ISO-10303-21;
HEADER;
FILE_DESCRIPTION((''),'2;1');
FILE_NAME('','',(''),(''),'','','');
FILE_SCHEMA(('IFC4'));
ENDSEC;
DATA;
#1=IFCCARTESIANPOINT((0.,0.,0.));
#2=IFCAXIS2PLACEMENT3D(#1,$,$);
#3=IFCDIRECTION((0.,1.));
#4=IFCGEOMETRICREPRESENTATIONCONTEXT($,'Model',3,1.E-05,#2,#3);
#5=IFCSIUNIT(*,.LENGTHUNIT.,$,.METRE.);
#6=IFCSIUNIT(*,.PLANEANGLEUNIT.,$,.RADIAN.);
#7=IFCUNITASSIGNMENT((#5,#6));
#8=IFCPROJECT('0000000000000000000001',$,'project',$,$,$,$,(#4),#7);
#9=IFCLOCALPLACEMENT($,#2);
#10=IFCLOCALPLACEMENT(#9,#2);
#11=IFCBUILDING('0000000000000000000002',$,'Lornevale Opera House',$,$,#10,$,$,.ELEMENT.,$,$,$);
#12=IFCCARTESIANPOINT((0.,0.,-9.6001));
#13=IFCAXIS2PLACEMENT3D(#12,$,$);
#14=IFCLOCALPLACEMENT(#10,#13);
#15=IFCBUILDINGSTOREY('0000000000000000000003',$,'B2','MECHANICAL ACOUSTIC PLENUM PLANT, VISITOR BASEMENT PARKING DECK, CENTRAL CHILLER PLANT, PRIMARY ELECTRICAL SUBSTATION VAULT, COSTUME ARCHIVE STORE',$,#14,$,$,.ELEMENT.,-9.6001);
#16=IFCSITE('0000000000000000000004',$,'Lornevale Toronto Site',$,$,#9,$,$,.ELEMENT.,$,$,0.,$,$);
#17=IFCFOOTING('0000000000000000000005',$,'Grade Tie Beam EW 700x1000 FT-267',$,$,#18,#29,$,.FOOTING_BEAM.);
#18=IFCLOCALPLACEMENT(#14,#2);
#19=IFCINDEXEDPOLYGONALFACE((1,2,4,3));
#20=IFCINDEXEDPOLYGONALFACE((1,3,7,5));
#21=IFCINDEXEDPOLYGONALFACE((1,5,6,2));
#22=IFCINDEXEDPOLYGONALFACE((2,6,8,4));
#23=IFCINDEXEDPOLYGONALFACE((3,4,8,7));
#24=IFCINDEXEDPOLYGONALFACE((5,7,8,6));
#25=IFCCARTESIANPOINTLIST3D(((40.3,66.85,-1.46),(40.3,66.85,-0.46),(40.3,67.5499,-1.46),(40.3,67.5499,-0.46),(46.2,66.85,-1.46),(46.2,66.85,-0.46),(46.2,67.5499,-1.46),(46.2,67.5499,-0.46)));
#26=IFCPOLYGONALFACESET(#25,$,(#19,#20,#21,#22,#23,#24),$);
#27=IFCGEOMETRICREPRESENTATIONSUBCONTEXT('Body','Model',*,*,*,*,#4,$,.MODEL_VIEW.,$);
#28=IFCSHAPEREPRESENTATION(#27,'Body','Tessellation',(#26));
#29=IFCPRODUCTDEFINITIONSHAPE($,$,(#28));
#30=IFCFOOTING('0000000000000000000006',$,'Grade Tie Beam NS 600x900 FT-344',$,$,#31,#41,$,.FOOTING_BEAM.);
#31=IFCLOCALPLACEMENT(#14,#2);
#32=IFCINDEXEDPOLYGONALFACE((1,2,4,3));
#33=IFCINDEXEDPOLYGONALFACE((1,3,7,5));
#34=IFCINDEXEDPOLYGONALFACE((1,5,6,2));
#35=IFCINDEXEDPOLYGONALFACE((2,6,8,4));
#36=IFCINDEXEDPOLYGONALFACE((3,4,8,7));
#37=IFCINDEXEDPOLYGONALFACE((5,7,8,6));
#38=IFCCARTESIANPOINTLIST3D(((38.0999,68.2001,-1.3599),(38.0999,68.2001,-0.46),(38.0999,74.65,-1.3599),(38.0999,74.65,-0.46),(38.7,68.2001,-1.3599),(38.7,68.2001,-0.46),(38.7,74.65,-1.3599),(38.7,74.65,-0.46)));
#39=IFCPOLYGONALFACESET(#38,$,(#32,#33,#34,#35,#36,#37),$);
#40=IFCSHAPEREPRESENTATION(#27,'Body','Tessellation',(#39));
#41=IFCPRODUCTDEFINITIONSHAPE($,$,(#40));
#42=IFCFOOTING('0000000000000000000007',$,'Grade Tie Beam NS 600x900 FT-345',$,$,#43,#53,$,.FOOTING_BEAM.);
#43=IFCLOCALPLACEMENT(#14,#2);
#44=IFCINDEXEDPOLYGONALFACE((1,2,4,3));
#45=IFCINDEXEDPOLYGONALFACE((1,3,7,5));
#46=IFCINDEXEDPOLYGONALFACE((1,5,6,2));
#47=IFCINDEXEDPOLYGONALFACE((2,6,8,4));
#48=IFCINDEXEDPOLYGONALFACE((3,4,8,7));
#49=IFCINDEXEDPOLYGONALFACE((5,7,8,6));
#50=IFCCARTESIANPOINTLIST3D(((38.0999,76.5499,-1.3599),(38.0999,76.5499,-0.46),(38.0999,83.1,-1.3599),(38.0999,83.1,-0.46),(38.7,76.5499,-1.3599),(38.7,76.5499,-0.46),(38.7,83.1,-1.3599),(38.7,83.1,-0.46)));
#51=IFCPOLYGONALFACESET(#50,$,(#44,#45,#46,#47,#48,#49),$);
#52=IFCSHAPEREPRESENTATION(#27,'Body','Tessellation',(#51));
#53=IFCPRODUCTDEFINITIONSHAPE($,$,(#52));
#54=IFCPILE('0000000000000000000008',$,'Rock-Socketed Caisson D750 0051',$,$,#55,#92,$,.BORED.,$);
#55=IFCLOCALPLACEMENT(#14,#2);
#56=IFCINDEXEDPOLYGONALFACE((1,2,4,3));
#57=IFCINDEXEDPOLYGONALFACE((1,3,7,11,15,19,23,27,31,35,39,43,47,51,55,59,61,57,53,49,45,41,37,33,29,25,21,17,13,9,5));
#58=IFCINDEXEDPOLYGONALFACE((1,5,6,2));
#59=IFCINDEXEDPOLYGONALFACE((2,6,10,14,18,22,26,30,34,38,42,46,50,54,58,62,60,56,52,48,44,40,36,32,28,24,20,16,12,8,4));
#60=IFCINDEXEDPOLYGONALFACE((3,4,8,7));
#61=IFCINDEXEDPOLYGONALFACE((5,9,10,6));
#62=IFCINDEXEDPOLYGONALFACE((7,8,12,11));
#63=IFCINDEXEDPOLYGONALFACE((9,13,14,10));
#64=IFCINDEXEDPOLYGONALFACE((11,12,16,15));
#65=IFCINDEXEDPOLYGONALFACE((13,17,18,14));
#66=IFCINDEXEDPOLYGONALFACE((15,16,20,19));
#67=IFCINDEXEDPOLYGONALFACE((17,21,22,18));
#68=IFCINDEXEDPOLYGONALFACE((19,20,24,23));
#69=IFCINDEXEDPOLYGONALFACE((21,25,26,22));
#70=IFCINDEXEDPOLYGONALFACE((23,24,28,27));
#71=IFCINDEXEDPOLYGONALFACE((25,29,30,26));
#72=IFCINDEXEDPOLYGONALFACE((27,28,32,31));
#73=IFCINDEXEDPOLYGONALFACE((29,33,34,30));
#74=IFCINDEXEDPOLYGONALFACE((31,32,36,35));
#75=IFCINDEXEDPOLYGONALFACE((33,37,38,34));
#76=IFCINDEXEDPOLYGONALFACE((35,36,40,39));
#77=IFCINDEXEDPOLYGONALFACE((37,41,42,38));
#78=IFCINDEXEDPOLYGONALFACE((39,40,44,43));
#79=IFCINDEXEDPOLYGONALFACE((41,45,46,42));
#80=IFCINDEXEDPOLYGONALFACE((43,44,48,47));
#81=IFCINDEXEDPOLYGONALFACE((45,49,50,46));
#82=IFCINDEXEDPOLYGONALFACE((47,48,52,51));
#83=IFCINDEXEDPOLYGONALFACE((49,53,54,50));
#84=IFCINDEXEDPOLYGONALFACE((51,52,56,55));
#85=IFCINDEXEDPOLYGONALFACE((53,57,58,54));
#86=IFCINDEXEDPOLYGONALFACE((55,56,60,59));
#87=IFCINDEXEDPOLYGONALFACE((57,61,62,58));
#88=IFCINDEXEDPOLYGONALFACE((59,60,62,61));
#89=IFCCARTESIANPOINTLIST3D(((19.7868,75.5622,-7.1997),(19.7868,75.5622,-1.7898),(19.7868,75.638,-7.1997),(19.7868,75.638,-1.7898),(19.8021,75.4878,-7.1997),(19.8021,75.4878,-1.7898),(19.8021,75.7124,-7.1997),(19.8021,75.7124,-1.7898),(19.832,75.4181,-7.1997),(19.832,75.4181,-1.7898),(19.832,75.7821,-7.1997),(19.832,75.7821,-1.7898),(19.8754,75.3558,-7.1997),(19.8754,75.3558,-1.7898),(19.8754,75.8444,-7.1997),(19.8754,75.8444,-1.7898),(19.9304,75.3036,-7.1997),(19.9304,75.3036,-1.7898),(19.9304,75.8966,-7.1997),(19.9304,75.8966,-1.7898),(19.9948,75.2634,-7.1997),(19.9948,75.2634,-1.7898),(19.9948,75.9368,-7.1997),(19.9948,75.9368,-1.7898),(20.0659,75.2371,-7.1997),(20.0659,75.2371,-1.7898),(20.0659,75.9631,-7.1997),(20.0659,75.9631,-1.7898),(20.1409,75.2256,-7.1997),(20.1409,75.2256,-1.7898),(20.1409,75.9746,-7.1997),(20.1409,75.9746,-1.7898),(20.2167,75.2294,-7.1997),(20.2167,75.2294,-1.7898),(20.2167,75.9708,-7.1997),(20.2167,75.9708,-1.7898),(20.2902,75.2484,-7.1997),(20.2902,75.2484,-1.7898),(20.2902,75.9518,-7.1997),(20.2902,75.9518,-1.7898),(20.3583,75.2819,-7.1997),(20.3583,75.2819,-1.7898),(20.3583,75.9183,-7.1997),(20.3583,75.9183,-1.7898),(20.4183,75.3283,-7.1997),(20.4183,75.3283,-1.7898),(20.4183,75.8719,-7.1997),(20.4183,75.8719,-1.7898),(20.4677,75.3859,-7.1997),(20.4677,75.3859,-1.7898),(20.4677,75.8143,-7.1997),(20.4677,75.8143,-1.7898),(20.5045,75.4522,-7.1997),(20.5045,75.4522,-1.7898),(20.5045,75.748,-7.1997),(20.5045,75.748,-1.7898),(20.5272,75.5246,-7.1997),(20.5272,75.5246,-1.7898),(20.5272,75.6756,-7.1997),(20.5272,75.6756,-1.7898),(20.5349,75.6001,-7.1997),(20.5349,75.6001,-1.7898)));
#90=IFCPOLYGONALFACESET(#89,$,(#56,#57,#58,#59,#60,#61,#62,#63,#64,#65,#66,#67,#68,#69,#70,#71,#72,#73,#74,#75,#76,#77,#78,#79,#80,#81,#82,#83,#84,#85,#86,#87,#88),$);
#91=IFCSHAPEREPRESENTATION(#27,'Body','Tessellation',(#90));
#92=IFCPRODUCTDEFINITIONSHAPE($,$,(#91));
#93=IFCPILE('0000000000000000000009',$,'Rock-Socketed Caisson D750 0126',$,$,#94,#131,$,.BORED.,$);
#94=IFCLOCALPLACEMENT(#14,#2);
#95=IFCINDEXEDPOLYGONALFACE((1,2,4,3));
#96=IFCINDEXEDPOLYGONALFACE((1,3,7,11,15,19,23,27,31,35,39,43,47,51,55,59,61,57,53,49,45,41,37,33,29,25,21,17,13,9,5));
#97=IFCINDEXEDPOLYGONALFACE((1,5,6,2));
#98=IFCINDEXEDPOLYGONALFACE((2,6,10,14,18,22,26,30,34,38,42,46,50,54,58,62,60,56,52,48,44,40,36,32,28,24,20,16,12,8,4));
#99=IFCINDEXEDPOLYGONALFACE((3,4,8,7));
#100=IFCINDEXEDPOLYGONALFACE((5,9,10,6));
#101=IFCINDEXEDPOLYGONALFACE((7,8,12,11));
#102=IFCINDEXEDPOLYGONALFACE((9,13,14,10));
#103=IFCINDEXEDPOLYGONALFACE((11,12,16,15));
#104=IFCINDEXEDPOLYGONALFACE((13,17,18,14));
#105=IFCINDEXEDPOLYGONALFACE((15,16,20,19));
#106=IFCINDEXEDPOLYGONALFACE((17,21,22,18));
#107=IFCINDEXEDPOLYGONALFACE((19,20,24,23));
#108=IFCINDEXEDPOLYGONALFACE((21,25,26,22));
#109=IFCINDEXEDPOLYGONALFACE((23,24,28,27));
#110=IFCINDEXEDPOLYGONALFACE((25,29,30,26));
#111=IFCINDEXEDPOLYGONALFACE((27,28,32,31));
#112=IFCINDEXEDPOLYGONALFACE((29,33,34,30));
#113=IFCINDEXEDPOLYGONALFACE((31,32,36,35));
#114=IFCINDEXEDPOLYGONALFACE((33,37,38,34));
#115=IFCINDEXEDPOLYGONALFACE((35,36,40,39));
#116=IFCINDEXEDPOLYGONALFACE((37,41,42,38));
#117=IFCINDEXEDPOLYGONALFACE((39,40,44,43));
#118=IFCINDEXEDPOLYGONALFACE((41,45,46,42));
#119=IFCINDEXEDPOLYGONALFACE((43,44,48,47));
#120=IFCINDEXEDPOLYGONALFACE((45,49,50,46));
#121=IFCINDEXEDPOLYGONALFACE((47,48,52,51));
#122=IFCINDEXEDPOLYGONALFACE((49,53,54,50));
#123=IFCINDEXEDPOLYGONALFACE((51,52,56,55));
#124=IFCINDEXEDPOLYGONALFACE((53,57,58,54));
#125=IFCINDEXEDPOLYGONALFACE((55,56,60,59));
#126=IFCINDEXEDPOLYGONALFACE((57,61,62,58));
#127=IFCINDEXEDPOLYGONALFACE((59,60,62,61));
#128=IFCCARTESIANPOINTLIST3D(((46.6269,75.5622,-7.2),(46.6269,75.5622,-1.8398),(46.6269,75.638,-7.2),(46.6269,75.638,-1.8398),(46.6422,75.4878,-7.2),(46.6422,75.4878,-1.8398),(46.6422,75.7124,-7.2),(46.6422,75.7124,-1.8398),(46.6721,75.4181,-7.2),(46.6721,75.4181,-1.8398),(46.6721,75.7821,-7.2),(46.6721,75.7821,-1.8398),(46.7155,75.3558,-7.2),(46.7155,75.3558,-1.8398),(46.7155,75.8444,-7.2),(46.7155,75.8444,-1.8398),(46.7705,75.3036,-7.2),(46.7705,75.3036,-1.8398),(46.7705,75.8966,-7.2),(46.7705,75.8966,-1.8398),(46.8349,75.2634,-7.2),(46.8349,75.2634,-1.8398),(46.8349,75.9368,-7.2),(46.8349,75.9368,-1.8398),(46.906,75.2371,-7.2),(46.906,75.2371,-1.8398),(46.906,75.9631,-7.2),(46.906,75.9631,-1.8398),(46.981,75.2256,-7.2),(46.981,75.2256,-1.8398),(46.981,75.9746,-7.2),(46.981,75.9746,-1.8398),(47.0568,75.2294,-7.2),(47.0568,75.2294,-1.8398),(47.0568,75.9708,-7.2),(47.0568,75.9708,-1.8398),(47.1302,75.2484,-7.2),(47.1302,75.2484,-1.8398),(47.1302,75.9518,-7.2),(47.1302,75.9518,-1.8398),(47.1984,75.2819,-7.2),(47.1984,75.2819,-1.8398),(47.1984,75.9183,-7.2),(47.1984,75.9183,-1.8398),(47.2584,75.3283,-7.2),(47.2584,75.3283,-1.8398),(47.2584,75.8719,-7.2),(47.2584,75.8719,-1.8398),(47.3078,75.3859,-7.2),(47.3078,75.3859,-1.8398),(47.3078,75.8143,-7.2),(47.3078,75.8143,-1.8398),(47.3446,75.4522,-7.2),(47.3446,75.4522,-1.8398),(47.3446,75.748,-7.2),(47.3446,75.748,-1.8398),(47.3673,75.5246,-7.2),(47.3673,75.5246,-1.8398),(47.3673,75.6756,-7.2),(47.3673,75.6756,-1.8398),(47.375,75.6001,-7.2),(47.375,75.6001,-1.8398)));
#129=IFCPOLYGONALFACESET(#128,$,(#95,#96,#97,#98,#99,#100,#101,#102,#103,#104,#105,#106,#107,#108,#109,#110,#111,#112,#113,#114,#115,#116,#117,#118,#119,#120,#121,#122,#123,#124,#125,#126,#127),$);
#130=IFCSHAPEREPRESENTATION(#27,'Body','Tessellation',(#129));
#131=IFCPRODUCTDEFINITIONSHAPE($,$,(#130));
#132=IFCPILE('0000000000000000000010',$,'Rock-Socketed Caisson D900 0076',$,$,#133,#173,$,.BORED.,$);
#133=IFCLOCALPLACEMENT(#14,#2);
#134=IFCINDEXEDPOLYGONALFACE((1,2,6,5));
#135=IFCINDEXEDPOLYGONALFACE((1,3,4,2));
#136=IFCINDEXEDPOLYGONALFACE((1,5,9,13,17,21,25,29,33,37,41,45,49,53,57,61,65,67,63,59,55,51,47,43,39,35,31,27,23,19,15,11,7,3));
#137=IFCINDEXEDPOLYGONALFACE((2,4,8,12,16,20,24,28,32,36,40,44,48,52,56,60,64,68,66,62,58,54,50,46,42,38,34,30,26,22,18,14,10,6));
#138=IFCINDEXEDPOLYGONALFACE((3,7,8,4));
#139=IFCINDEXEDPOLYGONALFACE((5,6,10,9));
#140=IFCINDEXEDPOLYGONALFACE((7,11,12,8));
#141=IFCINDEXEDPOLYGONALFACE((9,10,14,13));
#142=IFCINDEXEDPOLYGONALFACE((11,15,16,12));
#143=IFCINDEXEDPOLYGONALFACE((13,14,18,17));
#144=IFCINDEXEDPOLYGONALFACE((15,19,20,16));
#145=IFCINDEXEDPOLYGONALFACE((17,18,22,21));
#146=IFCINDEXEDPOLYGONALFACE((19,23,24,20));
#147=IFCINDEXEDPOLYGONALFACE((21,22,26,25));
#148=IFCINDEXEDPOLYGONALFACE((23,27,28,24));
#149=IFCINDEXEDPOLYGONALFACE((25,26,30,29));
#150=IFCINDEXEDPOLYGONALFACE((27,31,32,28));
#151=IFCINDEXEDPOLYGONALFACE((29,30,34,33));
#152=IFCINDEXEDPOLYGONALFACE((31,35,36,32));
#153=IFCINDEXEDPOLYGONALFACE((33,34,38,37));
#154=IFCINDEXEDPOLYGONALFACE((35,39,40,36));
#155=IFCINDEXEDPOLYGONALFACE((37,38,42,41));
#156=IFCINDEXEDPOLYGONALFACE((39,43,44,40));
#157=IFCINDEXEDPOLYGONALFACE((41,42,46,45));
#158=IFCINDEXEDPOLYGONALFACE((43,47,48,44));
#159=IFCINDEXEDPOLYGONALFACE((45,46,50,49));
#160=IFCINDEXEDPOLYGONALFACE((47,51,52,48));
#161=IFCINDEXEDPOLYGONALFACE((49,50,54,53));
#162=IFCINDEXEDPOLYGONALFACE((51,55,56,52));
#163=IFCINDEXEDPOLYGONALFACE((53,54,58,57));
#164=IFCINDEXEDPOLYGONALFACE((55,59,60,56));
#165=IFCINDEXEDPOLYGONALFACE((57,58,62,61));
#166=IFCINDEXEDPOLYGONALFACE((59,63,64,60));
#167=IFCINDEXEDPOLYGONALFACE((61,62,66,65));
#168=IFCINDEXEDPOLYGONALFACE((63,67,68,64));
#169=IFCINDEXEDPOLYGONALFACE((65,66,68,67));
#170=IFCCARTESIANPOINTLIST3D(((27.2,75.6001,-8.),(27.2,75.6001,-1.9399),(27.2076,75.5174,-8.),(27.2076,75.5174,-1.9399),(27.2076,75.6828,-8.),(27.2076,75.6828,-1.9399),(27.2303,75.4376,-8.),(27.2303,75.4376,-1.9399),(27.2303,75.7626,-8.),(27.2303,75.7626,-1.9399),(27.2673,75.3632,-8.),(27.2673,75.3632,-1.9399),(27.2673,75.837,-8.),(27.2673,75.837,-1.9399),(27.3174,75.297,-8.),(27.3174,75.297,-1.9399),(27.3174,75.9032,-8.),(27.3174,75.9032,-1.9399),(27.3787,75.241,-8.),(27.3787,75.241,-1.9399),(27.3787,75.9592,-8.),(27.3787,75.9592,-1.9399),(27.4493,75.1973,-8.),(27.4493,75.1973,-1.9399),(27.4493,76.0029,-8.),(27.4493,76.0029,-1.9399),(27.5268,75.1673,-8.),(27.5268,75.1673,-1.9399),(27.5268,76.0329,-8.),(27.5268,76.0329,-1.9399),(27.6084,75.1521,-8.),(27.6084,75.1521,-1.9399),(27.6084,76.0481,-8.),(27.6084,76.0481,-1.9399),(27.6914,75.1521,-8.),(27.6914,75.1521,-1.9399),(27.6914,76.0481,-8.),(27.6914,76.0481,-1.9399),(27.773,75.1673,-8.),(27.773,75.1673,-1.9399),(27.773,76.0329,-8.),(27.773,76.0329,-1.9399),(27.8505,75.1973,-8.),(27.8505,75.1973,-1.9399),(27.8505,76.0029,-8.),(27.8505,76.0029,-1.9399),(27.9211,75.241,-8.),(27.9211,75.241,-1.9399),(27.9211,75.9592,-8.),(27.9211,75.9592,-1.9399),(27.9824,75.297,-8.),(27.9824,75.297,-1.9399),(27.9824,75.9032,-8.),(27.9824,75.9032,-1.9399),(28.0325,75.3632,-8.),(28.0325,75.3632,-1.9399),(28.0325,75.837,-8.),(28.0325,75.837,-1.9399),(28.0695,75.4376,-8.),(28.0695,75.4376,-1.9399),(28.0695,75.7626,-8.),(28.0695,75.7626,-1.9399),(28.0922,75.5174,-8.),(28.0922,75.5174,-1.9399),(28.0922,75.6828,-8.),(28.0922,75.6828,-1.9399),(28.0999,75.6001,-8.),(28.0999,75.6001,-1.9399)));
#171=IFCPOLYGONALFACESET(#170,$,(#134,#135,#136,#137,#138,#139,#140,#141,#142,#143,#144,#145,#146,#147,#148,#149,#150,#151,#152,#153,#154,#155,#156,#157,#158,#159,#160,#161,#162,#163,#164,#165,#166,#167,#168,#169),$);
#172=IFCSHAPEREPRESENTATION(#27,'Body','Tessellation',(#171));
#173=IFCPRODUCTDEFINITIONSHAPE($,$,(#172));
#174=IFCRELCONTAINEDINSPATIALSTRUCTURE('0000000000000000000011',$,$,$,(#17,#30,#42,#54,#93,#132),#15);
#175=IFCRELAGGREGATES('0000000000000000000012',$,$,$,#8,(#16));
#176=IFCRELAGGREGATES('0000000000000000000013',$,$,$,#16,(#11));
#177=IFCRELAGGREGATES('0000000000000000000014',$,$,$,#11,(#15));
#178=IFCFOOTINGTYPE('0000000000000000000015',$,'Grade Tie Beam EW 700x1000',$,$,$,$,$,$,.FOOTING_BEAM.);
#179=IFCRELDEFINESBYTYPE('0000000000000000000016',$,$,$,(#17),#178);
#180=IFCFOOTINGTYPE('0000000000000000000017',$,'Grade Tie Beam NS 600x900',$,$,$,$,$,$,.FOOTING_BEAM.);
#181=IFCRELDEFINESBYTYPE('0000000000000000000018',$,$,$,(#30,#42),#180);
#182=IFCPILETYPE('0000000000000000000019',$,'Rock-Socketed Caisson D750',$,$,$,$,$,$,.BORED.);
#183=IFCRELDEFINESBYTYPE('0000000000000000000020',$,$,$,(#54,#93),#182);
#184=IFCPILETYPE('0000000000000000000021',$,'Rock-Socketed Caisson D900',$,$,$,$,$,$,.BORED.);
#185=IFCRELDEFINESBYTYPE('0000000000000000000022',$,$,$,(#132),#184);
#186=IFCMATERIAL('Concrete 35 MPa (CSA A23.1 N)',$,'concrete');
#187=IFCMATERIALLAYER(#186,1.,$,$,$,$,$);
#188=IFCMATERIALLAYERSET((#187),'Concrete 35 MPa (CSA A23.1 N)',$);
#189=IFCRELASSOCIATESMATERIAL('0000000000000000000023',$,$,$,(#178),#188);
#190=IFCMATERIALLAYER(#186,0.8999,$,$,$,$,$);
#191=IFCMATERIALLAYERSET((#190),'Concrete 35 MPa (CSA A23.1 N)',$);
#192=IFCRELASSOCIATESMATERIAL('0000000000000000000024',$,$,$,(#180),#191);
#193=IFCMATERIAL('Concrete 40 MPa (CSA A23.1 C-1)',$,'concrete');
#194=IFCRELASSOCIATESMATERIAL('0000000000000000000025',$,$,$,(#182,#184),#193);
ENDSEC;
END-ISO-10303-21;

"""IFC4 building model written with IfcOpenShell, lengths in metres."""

from ifc_helpers import new_model, si_unit, direction, frame, origin, origin_2d, place, context, subcontext, project, spatial, rectangle, circle, extrude, material, layer, layer_set, material_profile, profile_set, type_object, element, save


model = new_model("IFC4")

# Units and contexts
model_context = context("Model", 3, precision=1e-05, world=origin(), true_north=direction((0.0, 1.0)))
body_context = subcontext(model_context, "Body", "Model", "MODEL_VIEW")
ifc_project = project(units=[si_unit("LENGTHUNIT", "METRE"), si_unit("PLANEANGLEUNIT", "RADIAN")], contexts=[model_context])

# Site, building, storey
site_placement = place(None, origin())
site = spatial("IfcSite", under=ifc_project, at=site_placement, Name="Lornevale Toronto Site", CompositionType="ELEMENT", RefElevation=0.0)
building_placement = place(site_placement, origin())
building = spatial("IfcBuilding", under=site, at=building_placement, Name="Lornevale Opera House", CompositionType="ELEMENT")
storey_placement = place(building_placement, frame((0.0, 0.0, -9.6001)))
storey = spatial("IfcBuildingStorey", under=building, at=storey_placement, Name="B2", Description="MECHANICAL ACOUSTIC PLENUM PLANT, VISITOR BASEMENT PARKING DECK, CENTRAL CHILLER PLANT, PRIMARY ELECTRICAL SUBSTATION VAULT, COSTUME ARCHIVE STORE", CompositionType="ELEMENT", Elevation=-9.6001)

# Footings
ifc_material_1 = material(Name="Concrete 35 MPa (CSA A23.1 N)", Category="concrete")
ifc_layer_1 = layer(ifc_material_1, 1.0)
ifc_layer_set_1 = layer_set([ifc_layer_1], Name="Concrete 35 MPa (CSA A23.1 N)")
footing_type_1 = type_object("IfcFootingType", Name="Grade Tie Beam EW 700x1000", PredefinedType="FOOTING_BEAM", material=ifc_layer_set_1)
footing_1_placement = place(storey_placement, frame((43.25, 67.2, -1.46), z_axis=(0.0, 0.0, 1.0), x_axis=(1.0, 0.0, 0.0)))
element("IfcFooting", 1, at=footing_1_placement, inside=storey, type_object=footing_type_1, Name="Grade Tie Beam EW 700x1000 FT-267", PredefinedType="FOOTING_BEAM", context=body_context, shape_type="SweptSolid", body=[
    extrude(rectangle(XDim=5.8999, YDim=0.7, at=origin_2d()), origin(), (0.0, 0.0, 1.0), 1.0),
])
ifc_layer_2 = layer(ifc_material_1, 0.8999)
ifc_layer_set_2 = layer_set([ifc_layer_2], Name="Concrete 35 MPa (CSA A23.1 N)")
footing_type_2 = type_object("IfcFootingType", Name="Grade Tie Beam NS 600x900", PredefinedType="FOOTING_BEAM", material=ifc_layer_set_2)
footing_2_placement = place(storey_placement, frame((38.3999, 71.425, -1.3599), z_axis=(0.0, 0.0, 1.0), x_axis=(1.0, 0.0, 0.0)))
element("IfcFooting", 2, at=footing_2_placement, inside=storey, type_object=footing_type_2, Name="Grade Tie Beam NS 600x900 FT-344", PredefinedType="FOOTING_BEAM", context=body_context, shape_type="SweptSolid", body=[
    extrude(rectangle(XDim=0.6001, YDim=6.45, at=origin_2d()), origin(), (0.0, 0.0, 1.0), 0.8999),
])
footing_3_placement = place(storey_placement, frame((38.3999, 79.825, -1.3599), z_axis=(0.0, 0.0, 1.0), x_axis=(1.0, 0.0, 0.0)))
element("IfcFooting", 3, at=footing_3_placement, inside=storey, type_object=footing_type_2, Name="Grade Tie Beam NS 600x900 FT-345", PredefinedType="FOOTING_BEAM", context=body_context, shape_type="SweptSolid", body=[
    extrude(rectangle(XDim=0.6001, YDim=6.55, at=origin_2d()), origin(), (0.0, 0.0, 1.0), 0.8999),
])

# Piles
ifc_material_2 = material(Name="Concrete 40 MPa (CSA A23.1 C-1)", Category="concrete")
ifc_material_profile_1 = material_profile(ifc_material_2, circle(Radius=0.375, at=origin_2d()), Name="CAIS750")
ifc_profile_set_1 = profile_set([ifc_material_profile_1], Name="Concrete 40 MPa (CSA A23.1 C-1)")
pile_type_1 = type_object("IfcPileType", Name="Rock-Socketed Caisson D750", PredefinedType="BORED", material=ifc_profile_set_1)
pile_1_placement = place(storey_placement, frame((20.1599, 75.6001, -1.7898), z_axis=(0.0, 0.0, -1.0), x_axis=(1.0, 0.0, 0.0)))
element("IfcPile", 4, at=pile_1_placement, inside=storey, type_object=pile_type_1, Name="Rock-Socketed Caisson D750 0051", PredefinedType="BORED", context=body_context, shape_type="SweptSolid", body=[
    extrude(circle(Radius=0.375, at=origin_2d()), origin(), (0.0, 0.0, 1.0), 5.4099),
])
pile_2_placement = place(storey_placement, frame((47.0, 75.6001, -1.8398), z_axis=(0.0, 0.0, -1.0), x_axis=(1.0, 0.0, 0.0)))
element("IfcPile", 5, at=pile_2_placement, inside=storey, type_object=pile_type_1, Name="Rock-Socketed Caisson D750 0126", PredefinedType="BORED", context=body_context, shape_type="SweptSolid", body=[
    extrude(circle(Radius=0.375, at=origin_2d()), origin(), (0.0, 0.0, 1.0), 5.3601),
])
ifc_material_profile_2 = material_profile(ifc_material_2, circle(Radius=0.45, at=origin_2d()), Name="CAIS900")
ifc_profile_set_2 = profile_set([ifc_material_profile_2], Name="Concrete 40 MPa (CSA A23.1 C-1)")
pile_type_2 = type_object("IfcPileType", Name="Rock-Socketed Caisson D900", PredefinedType="BORED", material=ifc_profile_set_2)
for number, where, z_axis, x_axis, name in (
    (6, (27.6499, 75.6001, -1.9399), (0.0, 0.0, -1.0), (1.0, 0.0, 0.0), "Rock-Socketed Caisson D900 0076"),
):
    element("IfcPile", number, at=place(storey_placement, frame(where, z_axis=z_axis, x_axis=x_axis)), inside=storey, type_object=pile_type_2, Name=name, PredefinedType="BORED", context=body_context, shape_type="SweptSolid", body=[
        extrude(circle(Radius=0.45, at=origin_2d()), origin(), (0.0, 0.0, 1.0), 6.0601),
    ])

save(model, "model.ifc")
